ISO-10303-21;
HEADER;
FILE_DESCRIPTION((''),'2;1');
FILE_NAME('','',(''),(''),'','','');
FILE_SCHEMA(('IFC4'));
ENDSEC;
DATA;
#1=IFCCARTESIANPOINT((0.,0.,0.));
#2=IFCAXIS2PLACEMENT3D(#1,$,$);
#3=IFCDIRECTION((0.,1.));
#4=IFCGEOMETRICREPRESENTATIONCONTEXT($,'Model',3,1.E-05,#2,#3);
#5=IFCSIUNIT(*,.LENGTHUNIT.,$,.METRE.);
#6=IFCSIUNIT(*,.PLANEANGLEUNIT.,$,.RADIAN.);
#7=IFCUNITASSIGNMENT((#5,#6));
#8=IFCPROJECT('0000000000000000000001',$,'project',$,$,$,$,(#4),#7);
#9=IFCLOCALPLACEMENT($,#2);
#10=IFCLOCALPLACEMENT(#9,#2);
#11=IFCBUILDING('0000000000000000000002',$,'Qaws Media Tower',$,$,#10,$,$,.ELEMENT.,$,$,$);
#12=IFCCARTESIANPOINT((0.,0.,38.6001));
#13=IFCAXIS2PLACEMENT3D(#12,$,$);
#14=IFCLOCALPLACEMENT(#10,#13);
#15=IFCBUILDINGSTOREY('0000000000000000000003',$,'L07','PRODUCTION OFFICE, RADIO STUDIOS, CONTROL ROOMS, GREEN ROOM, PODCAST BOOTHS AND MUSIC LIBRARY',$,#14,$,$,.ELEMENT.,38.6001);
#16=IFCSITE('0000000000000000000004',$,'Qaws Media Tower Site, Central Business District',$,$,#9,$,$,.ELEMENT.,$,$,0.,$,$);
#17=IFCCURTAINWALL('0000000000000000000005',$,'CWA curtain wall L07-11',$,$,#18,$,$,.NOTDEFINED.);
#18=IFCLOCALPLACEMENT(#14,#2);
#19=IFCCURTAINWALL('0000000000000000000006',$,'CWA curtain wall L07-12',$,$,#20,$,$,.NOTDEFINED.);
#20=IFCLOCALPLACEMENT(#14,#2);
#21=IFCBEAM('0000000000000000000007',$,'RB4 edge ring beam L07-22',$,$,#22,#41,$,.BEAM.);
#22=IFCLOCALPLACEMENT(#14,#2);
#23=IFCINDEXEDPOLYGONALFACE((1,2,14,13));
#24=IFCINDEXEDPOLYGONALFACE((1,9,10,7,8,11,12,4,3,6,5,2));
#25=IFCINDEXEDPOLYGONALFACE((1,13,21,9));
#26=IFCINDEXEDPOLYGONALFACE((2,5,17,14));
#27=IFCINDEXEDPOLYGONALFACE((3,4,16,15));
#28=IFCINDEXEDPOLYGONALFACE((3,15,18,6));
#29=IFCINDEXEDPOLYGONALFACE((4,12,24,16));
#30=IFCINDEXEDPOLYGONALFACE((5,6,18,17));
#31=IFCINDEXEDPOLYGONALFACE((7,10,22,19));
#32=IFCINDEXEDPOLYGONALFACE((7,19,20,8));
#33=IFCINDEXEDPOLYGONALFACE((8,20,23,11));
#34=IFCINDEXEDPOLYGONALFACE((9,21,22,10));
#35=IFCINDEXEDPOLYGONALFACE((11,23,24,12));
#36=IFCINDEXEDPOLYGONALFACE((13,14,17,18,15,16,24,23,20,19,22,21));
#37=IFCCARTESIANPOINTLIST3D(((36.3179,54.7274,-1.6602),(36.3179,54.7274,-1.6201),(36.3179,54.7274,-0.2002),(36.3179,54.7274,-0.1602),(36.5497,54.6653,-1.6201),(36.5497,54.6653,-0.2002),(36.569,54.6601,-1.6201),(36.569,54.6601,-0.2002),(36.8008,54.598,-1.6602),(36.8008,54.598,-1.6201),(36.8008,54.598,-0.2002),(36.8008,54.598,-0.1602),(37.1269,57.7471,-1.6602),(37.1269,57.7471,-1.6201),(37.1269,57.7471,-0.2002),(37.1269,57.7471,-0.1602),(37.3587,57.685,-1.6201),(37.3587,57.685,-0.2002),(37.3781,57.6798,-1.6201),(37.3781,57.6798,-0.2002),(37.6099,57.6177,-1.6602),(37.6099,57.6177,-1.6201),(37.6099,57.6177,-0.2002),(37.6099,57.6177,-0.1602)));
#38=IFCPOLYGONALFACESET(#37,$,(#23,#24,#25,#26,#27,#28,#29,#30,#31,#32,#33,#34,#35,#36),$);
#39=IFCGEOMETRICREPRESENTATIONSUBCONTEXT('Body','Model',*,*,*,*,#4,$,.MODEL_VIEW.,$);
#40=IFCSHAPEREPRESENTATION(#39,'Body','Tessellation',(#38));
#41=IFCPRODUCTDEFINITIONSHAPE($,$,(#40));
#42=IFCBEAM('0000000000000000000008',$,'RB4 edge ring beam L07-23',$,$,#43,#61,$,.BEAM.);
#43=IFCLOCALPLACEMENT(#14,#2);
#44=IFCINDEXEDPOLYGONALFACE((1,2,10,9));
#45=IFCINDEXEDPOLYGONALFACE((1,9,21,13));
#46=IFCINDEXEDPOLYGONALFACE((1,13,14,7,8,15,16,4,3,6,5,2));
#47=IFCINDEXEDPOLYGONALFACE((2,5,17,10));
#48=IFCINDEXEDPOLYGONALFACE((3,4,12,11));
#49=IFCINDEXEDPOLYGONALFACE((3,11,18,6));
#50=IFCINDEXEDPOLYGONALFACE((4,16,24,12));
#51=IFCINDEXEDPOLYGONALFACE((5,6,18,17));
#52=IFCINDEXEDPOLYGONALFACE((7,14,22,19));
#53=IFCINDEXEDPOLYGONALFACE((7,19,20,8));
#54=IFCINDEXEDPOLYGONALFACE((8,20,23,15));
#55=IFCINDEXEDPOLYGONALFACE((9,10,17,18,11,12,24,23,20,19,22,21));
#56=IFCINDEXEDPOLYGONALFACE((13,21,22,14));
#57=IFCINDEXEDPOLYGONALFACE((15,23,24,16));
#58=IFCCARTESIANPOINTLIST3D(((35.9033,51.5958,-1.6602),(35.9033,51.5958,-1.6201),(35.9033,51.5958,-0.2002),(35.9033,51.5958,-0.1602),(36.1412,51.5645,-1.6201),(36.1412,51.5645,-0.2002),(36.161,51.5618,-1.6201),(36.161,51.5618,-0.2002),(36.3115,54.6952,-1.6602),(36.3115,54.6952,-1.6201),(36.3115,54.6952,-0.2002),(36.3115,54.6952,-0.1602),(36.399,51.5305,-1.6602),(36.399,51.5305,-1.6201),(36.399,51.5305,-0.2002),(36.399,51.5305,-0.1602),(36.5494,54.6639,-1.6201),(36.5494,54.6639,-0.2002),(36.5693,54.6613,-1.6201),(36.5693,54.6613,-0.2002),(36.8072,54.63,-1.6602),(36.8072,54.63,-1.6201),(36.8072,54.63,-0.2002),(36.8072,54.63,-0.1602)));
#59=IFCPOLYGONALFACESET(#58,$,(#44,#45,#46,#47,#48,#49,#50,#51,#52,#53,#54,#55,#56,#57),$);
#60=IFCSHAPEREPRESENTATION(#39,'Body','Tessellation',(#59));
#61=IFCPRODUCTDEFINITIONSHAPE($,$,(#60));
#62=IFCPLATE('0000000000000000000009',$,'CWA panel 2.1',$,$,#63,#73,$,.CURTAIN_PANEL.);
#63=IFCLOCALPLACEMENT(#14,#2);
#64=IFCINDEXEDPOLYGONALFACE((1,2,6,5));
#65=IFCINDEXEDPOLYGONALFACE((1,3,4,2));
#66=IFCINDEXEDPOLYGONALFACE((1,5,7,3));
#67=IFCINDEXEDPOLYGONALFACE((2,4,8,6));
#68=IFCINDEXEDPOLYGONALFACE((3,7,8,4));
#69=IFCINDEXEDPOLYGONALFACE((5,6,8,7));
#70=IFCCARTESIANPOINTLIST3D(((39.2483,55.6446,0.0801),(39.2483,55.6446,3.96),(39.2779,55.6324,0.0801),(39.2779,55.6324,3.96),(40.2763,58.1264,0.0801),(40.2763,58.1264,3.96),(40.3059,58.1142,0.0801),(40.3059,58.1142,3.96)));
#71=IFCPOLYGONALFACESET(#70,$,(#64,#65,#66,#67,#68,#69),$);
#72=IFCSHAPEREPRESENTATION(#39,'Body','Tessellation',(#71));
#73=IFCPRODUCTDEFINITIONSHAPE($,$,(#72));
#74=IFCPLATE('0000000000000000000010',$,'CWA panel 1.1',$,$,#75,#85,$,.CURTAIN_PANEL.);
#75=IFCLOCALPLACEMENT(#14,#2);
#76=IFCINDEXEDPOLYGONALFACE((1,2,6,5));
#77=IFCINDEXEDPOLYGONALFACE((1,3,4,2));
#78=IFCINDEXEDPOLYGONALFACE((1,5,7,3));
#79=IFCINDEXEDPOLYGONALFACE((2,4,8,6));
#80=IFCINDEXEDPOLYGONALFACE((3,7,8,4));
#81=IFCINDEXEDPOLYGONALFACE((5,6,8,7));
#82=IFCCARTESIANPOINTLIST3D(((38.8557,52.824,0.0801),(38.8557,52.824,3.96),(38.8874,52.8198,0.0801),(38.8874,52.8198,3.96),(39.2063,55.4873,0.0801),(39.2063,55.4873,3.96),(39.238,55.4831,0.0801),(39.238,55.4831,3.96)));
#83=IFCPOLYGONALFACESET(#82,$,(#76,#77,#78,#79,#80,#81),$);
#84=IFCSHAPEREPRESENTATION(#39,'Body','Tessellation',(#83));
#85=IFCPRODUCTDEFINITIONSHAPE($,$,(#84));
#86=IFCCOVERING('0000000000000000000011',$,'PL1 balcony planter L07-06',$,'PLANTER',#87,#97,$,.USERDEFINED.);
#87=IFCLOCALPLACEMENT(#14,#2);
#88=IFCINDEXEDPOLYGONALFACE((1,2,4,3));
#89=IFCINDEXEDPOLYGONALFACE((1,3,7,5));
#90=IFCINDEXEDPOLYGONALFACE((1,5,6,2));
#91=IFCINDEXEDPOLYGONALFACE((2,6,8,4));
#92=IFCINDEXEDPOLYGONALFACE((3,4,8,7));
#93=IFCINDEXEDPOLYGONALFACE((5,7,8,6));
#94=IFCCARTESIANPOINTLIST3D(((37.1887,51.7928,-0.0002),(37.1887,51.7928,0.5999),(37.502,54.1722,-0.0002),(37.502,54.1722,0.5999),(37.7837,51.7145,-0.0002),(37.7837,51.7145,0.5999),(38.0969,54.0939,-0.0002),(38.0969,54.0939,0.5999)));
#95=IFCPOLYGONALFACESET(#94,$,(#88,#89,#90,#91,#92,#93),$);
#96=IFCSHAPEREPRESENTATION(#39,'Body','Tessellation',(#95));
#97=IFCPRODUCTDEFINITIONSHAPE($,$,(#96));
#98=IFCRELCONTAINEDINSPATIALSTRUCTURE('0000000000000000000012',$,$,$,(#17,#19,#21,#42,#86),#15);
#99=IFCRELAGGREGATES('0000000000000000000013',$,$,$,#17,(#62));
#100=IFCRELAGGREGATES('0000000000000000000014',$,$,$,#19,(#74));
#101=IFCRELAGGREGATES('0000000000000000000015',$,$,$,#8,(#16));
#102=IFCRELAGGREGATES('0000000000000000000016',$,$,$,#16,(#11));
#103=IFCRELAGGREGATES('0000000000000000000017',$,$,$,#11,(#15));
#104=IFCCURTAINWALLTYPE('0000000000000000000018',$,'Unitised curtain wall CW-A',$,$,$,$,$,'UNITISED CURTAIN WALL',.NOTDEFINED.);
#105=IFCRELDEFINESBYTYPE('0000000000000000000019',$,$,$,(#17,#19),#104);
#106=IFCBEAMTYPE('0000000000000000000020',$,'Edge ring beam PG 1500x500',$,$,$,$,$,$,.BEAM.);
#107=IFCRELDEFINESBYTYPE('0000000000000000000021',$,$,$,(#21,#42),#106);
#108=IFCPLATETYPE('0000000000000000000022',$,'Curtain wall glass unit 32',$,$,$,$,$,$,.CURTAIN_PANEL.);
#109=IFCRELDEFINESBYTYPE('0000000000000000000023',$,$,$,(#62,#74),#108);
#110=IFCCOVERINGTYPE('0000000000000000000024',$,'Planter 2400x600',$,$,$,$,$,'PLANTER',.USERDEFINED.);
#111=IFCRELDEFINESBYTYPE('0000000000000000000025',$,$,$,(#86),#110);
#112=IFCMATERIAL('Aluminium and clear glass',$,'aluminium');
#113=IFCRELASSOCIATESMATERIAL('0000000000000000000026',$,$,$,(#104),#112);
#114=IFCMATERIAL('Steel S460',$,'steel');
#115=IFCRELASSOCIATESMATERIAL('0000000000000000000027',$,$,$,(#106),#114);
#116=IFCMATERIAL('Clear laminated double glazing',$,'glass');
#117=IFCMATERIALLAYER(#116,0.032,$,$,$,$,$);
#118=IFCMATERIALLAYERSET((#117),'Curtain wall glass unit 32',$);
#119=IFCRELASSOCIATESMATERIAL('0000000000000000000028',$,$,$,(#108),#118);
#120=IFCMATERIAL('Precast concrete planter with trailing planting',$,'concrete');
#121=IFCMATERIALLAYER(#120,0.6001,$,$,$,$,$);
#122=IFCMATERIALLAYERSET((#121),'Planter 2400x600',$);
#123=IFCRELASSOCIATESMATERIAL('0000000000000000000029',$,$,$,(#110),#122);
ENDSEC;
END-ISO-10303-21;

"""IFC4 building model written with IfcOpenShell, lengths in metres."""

from ifc_helpers import new_model, si_unit, direction, frame, origin, origin_2d, place, context, subcontext, project, spatial, rectangle, i_section, extrude, material, layer, layer_set, material_profile, profile_set, type_object, element, aggregate, save


model = new_model("IFC4")

# Units and contexts
model_context = context("Model", 3, precision=1e-05, world=origin(), true_north=direction((0.0, 1.0)))
body_context = subcontext(model_context, "Body", "Model", "MODEL_VIEW")
ifc_project = project(units=[si_unit("LENGTHUNIT", "METRE"), si_unit("PLANEANGLEUNIT", "RADIAN")], contexts=[model_context])

# Site, building, storey
site_placement = place(None, origin())
site = spatial("IfcSite", under=ifc_project, at=site_placement, Name="Qaws Media Tower Site, Central Business District", CompositionType="ELEMENT", RefElevation=0.0)
building_placement = place(site_placement, origin())
building = spatial("IfcBuilding", under=site, at=building_placement, Name="Qaws Media Tower", CompositionType="ELEMENT")
storey_placement = place(building_placement, frame((0.0, 0.0, 38.6001)))
storey = spatial("IfcBuildingStorey", under=building, at=storey_placement, Name="L07", Description="PRODUCTION OFFICE, RADIO STUDIOS, CONTROL ROOMS, GREEN ROOM, PODCAST BOOTHS AND MUSIC LIBRARY", CompositionType="ELEMENT", Elevation=38.6001)

# Curtain wall
ifc_material_1 = material(Name="Aluminium and clear glass", Category="aluminium")
curtain_wall_type = type_object("IfcCurtainWallType", Name="Unitised curtain wall CW-A", ElementType="UNITISED CURTAIN WALL", PredefinedType="NOTDEFINED", material=ifc_material_1)
curtain_wall_1_placement = place(storey_placement, origin())
curtain_wall_1 = element("IfcCurtainWall", 1, at=curtain_wall_1_placement, inside=storey, type_object=curtain_wall_type, Name="CWA curtain wall L07-11", PredefinedType="NOTDEFINED")

# Curtain wall
curtain_wall_2_placement = place(storey_placement, origin())
curtain_wall_2 = element("IfcCurtainWall", 2, at=curtain_wall_2_placement, inside=storey, type_object=curtain_wall_type, Name="CWA curtain wall L07-12", PredefinedType="NOTDEFINED")

# Beams
ifc_material_2 = material(Name="Steel S460", Category="steel")
ifc_material_profile_1 = material_profile(ifc_material_2, i_section(OverallWidth=0.5, OverallDepth=1.5, WebThickness=0.02, FlangeThickness=0.04, at=origin_2d()), Name="PG 1500x500")
ifc_profile_set_1 = profile_set([ifc_material_profile_1], Name="Steel S460")
beam_type = type_object("IfcBeamType", Name="Edge ring beam PG 1500x500", PredefinedType="BEAM", material=ifc_profile_set_1)
for number, where, z_axis, x_axis, name in (
    (3, (37.3684, 57.6824, -0.9102), (-0.2588, -0.965931, 0.0), (0.965931, -0.2588, 0.0), "RB4 edge ring beam L07-22"),
    (4, (36.5593, 54.6626, -0.9102), (-0.130578, -0.991438, 0.0), (0.991438, -0.130578, 0.0), "RB4 edge ring beam L07-23"),
):
    element("IfcBeam", number, at=place(storey_placement, frame(where, z_axis=z_axis, x_axis=x_axis)), inside=storey, type_object=beam_type, Name=name, PredefinedType="BEAM", context=body_context, shape_type="SweptSolid", body=[
        extrude(i_section(OverallWidth=0.5, OverallDepth=1.5, WebThickness=0.02, FlangeThickness=0.04, at=origin_2d()), origin(), (0.0, 0.0, 1.0), 3.1262),
    ])

# Plates
ifc_material_3 = material(Name="Clear laminated double glazing", Category="glass")
ifc_layer_1 = layer(ifc_material_3, 0.032)
ifc_layer_set_1 = layer_set([ifc_layer_1], Name="Curtain wall glass unit 32")
plate_type = type_object("IfcPlateType", Name="Curtain wall glass unit 32", PredefinedType="CURTAIN_PANEL", material=ifc_layer_set_1)
plate_1_placement = place(storey_placement, frame((39.7771, 56.8794, 0.0801), z_axis=(0.0, 0.0, 1.0), x_axis=(-0.382683, -0.92388, 0.0)))
plate_1 = element("IfcPlate", 5, at=plate_1_placement, type_object=plate_type, Name="CWA panel 2.1", PredefinedType="CURTAIN_PANEL", context=body_context, shape_type="SweptSolid", body=[
    extrude(rectangle(XDim=2.6863, YDim=0.032, at=origin_2d()), origin(), (0.0, 0.0, 1.0), 3.8799),
])
aggregate(curtain_wall_1, [plate_1])
plate_2_placement = place(storey_placement, frame((39.0469, 54.1536, 0.0801), z_axis=(0.0, 0.0, 1.0), x_axis=(-0.130526, -0.991445, 0.0)))
plate_2 = element("IfcPlate", 6, at=plate_2_placement, type_object=plate_type, Name="CWA panel 1.1", PredefinedType="CURTAIN_PANEL", context=body_context, shape_type="SweptSolid", body=[
    extrude(rectangle(XDim=2.6863, YDim=0.032, at=origin_2d()), origin(), (0.0, 0.0, 1.0), 3.8799),
])
aggregate(curtain_wall_2, [plate_2])

# Covering
ifc_material_4 = material(Name="Precast concrete planter with trailing planting", Category="concrete")
ifc_layer_2 = layer(ifc_material_4, 0.6001)
ifc_layer_set_2 = layer_set([ifc_layer_2], Name="Planter 2400x600")
covering_type = type_object("IfcCoveringType", Name="Planter 2400x600", ElementType="PLANTER", PredefinedType="USERDEFINED", material=ifc_layer_set_2)
covering_placement = place(storey_placement, frame((37.6428, 52.9434, -0.0002), z_axis=(0.0, 0.0, 1.0), x_axis=(-0.130526, -0.991445, 0.0)))
element("IfcCovering", 7, at=covering_placement, inside=storey, type_object=covering_type, Name="PL1 balcony planter L07-06", ObjectType="PLANTER", PredefinedType="USERDEFINED", context=body_context, shape_type="SweptSolid", body=[
    extrude(rectangle(XDim=2.3999, YDim=0.6001, at=origin_2d()), origin(), (0.0, 0.0, 1.0), 0.6001),
])

save(model, "model.ifc")
